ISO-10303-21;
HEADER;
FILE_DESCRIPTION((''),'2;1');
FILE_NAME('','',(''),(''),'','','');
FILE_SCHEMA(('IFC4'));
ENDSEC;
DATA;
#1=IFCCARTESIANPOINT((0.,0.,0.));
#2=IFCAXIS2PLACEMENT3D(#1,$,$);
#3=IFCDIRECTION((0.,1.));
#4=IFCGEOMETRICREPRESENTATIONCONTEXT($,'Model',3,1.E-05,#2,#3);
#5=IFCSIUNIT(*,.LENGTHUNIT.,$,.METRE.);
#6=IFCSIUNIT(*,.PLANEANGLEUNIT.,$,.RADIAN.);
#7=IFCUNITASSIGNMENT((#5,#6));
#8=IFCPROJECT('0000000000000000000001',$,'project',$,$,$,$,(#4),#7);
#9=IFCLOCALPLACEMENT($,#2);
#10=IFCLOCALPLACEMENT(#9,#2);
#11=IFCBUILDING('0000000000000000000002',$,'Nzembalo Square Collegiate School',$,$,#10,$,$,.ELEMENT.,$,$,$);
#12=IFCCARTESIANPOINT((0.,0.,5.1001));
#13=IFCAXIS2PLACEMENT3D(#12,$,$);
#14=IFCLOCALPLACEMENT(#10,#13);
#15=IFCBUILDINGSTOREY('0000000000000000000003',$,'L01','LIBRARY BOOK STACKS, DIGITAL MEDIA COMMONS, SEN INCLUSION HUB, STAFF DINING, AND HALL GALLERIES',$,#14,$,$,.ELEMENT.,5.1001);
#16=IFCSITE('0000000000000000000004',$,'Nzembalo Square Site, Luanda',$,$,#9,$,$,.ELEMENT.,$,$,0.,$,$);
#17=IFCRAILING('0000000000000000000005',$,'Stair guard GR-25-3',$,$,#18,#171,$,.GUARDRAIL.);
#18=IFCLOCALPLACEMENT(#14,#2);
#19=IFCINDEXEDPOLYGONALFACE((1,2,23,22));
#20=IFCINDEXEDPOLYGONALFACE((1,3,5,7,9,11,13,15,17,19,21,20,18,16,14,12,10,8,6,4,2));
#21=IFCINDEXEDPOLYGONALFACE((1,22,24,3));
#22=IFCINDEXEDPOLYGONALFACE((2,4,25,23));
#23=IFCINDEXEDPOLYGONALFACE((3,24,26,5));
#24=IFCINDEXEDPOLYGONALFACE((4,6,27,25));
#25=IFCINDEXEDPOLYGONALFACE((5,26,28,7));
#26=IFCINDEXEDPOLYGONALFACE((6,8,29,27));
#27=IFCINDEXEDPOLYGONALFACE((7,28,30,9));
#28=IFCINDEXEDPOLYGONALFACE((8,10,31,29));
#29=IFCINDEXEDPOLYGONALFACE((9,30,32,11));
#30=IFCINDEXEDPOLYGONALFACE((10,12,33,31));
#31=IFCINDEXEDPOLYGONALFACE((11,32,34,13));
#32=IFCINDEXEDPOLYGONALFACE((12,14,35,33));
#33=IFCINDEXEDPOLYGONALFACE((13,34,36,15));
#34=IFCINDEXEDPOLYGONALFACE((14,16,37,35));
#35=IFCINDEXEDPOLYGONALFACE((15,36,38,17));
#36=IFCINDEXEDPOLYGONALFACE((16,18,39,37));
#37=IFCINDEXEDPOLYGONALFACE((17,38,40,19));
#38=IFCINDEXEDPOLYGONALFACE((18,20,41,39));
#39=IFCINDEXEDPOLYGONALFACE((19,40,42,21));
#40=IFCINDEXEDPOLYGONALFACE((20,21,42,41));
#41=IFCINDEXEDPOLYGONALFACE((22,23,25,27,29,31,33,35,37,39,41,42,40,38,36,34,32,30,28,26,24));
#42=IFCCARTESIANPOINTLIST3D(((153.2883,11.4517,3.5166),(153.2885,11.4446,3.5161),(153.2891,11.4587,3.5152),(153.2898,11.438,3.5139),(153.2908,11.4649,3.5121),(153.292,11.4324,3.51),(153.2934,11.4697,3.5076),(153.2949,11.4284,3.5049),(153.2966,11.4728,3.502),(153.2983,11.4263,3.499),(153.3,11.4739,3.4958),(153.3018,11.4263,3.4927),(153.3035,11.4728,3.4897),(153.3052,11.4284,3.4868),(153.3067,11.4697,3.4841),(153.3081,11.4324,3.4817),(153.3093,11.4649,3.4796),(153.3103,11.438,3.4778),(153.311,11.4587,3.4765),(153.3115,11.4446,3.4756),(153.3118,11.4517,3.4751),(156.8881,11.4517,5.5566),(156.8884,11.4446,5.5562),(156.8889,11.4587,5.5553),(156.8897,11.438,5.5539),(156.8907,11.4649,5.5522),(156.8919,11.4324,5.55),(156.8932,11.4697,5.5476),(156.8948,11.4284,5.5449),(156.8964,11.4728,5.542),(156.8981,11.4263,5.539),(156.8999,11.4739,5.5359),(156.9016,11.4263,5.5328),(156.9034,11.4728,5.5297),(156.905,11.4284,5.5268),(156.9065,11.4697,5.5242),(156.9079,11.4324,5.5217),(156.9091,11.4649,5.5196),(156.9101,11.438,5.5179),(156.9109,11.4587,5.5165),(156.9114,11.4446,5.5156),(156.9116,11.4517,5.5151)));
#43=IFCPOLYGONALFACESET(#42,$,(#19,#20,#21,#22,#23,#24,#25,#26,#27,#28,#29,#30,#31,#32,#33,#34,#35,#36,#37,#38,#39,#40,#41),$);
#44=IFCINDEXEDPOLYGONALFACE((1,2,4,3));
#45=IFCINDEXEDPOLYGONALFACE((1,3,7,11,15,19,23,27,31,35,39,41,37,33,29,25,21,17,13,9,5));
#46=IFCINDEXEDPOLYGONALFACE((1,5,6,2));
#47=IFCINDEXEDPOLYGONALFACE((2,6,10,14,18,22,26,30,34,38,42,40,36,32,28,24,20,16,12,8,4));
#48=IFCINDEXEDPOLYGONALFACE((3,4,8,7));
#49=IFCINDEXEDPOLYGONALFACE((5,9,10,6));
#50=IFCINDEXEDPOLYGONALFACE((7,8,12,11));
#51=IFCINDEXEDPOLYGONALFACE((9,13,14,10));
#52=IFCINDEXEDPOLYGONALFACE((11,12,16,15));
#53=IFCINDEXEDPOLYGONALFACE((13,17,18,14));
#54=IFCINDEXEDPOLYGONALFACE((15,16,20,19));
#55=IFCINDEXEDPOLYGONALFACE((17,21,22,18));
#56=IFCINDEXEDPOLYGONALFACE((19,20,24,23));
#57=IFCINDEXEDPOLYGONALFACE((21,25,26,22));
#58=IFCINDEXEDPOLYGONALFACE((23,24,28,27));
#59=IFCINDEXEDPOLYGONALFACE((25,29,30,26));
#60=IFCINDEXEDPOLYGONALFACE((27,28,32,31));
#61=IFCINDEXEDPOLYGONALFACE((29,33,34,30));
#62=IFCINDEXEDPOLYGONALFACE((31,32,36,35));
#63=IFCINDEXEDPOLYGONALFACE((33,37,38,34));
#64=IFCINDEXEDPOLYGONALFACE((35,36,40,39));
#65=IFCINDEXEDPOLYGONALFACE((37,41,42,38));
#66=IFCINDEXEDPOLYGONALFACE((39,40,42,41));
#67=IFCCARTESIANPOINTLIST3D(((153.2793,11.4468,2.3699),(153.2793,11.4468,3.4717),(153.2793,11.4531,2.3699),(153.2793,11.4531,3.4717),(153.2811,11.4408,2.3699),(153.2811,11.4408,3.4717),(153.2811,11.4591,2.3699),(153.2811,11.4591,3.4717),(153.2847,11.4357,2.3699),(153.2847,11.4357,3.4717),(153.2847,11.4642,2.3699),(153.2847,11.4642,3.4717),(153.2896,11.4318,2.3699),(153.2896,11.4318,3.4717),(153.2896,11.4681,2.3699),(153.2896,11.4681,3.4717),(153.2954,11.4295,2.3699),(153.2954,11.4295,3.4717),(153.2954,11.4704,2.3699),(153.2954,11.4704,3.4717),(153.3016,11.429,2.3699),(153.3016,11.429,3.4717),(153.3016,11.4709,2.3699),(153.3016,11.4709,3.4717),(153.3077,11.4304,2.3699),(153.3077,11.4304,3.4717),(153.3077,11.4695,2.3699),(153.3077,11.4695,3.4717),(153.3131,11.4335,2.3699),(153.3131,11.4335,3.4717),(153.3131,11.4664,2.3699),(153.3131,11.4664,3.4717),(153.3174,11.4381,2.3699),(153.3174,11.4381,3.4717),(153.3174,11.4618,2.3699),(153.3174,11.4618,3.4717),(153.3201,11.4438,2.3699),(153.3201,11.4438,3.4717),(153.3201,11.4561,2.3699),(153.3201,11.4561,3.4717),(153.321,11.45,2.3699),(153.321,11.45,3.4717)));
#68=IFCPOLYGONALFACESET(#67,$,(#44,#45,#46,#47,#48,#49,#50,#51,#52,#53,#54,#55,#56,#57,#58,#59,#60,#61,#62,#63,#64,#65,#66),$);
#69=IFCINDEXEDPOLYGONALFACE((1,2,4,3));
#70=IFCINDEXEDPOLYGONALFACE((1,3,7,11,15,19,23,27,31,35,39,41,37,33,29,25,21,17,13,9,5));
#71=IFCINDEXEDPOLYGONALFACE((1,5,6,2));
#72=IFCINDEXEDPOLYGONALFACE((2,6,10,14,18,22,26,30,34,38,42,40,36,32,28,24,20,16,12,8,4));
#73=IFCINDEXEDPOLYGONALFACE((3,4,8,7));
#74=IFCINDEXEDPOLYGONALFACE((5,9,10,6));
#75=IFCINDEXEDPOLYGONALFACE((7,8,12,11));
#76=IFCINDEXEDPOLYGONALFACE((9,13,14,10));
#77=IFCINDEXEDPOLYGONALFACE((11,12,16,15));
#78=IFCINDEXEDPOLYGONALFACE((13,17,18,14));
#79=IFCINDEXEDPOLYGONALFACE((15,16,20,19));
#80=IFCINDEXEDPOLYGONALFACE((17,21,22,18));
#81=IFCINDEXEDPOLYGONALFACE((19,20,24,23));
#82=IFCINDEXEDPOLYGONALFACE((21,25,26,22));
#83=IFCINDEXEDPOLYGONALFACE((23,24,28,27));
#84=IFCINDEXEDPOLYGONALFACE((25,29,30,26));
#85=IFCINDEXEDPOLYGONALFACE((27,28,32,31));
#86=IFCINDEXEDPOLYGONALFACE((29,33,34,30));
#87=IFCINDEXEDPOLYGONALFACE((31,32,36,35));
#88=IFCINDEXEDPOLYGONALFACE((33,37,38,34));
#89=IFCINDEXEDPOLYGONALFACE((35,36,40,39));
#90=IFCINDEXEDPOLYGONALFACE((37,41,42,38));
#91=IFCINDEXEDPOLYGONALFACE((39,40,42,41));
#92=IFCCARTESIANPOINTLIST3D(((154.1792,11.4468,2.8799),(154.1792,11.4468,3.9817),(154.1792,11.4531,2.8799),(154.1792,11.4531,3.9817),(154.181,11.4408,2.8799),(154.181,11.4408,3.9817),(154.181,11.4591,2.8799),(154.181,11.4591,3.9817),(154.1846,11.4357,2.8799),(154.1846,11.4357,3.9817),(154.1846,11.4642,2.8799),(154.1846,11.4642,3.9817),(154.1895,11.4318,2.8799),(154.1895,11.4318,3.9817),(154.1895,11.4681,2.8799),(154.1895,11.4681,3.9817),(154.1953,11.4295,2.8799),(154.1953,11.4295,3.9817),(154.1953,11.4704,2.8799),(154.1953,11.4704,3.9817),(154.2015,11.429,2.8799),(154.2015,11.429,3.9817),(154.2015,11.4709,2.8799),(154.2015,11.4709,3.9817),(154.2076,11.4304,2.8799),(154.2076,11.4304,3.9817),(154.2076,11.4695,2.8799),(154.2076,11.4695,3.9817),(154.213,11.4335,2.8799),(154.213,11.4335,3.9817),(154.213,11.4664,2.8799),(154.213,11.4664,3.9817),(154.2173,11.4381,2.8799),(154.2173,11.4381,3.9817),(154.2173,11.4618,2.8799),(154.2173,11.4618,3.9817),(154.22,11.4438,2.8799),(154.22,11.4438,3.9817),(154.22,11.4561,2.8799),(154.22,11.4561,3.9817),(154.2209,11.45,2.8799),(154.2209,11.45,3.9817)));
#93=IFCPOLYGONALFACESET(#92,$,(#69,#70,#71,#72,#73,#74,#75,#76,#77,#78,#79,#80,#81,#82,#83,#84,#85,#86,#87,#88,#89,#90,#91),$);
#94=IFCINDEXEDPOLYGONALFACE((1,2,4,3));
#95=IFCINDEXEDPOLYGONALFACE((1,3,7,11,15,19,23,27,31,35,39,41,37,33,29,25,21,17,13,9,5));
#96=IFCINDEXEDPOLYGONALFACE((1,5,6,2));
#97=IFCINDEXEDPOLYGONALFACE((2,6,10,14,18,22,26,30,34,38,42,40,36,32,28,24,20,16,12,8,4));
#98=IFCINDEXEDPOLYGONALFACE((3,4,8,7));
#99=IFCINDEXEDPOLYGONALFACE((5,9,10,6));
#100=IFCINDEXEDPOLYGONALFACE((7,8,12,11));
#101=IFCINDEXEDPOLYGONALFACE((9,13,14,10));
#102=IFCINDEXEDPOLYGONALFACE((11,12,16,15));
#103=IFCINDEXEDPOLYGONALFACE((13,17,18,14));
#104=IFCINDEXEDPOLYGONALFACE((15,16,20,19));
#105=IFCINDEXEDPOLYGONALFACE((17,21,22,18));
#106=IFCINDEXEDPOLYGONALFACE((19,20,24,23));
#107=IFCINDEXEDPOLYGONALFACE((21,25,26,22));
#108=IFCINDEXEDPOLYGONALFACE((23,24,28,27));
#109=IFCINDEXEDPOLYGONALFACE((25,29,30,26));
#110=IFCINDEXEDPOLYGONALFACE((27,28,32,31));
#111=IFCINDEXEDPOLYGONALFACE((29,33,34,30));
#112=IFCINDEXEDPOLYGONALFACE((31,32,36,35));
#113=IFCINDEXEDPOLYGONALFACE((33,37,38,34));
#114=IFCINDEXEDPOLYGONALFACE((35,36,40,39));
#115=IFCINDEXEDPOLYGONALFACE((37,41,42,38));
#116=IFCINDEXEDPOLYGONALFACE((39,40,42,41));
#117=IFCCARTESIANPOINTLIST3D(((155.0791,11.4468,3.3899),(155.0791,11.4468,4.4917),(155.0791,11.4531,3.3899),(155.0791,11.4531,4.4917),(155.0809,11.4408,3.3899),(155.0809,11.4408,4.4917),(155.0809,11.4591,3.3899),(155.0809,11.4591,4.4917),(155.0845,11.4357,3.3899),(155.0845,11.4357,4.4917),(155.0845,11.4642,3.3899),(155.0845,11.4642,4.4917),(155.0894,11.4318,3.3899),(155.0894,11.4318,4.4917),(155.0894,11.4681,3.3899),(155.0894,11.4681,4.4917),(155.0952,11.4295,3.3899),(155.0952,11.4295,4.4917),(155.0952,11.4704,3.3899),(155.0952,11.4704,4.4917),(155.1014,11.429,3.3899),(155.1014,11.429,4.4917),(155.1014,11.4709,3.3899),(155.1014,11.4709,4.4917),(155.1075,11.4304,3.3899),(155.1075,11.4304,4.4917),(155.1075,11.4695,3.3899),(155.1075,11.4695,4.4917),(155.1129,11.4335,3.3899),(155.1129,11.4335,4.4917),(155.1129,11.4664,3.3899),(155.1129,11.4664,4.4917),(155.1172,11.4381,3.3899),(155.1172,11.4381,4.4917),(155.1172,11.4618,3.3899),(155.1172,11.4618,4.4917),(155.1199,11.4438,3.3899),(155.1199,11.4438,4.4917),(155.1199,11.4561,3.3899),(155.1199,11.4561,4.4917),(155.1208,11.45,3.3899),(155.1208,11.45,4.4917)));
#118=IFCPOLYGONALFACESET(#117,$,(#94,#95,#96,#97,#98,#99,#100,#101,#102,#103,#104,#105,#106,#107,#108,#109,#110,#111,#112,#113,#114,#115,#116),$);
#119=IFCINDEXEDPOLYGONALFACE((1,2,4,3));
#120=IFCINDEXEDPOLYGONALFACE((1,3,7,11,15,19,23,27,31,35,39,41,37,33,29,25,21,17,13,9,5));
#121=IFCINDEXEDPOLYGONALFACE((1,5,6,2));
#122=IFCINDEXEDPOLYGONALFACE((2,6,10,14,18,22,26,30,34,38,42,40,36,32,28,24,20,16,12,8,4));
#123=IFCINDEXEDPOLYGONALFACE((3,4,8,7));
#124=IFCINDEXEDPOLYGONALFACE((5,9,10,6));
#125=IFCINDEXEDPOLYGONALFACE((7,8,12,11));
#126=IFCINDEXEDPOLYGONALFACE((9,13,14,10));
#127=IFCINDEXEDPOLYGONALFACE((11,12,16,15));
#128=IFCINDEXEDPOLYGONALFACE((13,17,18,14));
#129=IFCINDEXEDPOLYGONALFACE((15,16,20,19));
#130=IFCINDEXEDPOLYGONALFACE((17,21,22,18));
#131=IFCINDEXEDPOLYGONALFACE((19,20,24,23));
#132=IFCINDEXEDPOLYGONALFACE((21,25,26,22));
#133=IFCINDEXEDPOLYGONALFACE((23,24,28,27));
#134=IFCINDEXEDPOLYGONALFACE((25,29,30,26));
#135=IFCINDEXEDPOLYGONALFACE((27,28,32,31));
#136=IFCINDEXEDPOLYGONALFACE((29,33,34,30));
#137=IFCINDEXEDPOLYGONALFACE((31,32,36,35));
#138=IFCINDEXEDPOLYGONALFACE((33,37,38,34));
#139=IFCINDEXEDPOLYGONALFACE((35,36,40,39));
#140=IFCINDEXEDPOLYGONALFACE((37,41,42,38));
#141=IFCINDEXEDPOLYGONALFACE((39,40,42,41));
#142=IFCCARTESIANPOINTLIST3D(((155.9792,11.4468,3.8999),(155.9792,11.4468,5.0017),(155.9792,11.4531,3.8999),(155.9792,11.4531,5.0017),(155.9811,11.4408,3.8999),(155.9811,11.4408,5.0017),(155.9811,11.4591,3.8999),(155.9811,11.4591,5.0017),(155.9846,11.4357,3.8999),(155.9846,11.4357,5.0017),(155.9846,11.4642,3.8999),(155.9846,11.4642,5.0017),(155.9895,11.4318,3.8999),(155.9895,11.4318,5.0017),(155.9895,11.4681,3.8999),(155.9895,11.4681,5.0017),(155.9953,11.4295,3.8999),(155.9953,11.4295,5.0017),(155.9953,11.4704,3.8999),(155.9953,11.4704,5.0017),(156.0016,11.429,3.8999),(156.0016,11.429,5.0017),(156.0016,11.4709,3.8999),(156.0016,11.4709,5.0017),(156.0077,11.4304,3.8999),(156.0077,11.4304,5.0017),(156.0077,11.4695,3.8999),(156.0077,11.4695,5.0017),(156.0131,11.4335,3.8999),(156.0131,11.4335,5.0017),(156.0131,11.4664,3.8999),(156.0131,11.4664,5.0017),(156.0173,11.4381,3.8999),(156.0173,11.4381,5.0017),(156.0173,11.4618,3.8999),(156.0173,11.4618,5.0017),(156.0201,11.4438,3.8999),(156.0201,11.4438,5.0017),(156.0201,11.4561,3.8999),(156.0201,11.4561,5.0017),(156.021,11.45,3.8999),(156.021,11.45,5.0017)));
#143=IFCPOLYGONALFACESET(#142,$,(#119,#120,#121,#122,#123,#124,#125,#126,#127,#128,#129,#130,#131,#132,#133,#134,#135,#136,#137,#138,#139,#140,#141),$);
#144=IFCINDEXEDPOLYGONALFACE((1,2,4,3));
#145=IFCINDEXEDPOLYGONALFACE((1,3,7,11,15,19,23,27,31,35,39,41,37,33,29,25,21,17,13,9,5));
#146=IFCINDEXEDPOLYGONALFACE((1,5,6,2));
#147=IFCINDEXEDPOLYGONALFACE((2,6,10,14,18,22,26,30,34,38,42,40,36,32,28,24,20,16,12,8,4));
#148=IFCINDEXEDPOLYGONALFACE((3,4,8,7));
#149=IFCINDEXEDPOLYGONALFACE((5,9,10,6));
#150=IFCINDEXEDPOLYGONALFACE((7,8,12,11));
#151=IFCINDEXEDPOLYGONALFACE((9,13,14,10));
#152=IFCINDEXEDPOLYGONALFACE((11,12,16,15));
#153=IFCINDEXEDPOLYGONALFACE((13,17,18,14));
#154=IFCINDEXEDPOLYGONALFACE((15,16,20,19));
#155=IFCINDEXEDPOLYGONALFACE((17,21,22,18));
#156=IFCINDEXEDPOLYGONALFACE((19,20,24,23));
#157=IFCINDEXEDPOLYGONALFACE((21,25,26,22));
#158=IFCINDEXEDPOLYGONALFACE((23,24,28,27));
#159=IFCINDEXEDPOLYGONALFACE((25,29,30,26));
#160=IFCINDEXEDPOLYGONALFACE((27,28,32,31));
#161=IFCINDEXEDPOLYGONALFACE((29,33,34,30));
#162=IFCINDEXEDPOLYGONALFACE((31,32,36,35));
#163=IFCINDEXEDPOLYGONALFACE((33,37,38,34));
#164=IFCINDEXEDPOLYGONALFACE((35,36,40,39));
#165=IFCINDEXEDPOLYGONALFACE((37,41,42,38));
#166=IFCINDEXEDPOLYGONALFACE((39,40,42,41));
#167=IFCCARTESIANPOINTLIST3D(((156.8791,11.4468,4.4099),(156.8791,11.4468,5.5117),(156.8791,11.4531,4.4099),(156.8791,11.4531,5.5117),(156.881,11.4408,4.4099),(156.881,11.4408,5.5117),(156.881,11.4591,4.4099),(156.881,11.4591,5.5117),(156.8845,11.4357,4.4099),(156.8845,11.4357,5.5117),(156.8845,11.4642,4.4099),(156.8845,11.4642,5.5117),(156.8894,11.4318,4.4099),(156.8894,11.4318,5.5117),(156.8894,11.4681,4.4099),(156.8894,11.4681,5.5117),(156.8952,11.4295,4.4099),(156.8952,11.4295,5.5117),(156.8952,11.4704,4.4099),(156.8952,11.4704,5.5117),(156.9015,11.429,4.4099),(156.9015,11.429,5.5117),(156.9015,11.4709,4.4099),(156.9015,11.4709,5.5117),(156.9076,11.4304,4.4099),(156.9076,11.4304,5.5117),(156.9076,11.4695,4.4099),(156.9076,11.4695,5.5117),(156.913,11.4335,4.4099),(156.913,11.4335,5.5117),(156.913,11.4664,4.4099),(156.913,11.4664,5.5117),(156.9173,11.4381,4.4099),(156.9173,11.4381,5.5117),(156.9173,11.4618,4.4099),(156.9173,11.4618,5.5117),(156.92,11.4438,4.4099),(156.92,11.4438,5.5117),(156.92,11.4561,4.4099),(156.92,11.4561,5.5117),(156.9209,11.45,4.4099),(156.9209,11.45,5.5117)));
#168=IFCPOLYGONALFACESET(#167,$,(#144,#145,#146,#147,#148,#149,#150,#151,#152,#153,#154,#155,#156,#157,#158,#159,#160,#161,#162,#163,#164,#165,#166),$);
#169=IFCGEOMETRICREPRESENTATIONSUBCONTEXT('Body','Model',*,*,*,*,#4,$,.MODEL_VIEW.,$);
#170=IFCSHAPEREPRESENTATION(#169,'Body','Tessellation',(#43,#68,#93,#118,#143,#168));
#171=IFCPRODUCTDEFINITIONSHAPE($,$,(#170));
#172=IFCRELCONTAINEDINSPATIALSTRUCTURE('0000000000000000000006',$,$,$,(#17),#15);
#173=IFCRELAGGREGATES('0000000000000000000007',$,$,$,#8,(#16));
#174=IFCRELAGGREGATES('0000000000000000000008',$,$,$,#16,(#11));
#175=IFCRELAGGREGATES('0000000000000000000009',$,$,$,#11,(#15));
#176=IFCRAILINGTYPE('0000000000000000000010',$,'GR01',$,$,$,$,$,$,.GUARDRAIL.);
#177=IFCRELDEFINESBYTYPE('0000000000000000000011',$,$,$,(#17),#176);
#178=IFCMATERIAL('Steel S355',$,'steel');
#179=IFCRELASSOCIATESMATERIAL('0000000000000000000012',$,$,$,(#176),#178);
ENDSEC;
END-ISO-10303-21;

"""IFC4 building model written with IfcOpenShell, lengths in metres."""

from ifc_helpers import new_model, si_unit, direction, frame, origin, origin_2d, place, context, subcontext, project, spatial, circle, extrude, material, type_object, element, save


model = new_model("IFC4")

# Units and contexts
model_context = context("Model", 3, precision=1e-05, world=origin(), true_north=direction((0.0, 1.0)))
body_context = subcontext(model_context, "Body", "Model", "MODEL_VIEW")
ifc_project = project(units=[si_unit("LENGTHUNIT", "METRE"), si_unit("PLANEANGLEUNIT", "RADIAN")], contexts=[model_context])

# Site, building, storey
site_placement = place(None, origin())
site = spatial("IfcSite", under=ifc_project, at=site_placement, Name="Nzembalo Square Site, Luanda", CompositionType="ELEMENT", RefElevation=0.0)
building_placement = place(site_placement, origin())
building = spatial("IfcBuilding", under=site, at=building_placement, Name="Nzembalo Square Collegiate School", CompositionType="ELEMENT")
storey_placement = place(building_placement, frame((0.0, 0.0, 5.1001)))
storey = spatial("IfcBuildingStorey", under=building, at=storey_placement, Name="L01", Description="LIBRARY BOOK STACKS, DIGITAL MEDIA COMMONS, SEN INCLUSION HUB, STAFF DINING, AND HALL GALLERIES", CompositionType="ELEMENT", Elevation=5.1001)

# Railing
ifc_material_1 = material(Name="Steel S355", Category="steel")
railing_type_1 = type_object("IfcRailingType", Name="GR01", PredefinedType="GUARDRAIL", material=ifc_material_1)
railing_1_placement = place(storey_placement, frame((153.3, 11.45, 2.3699)))
element("IfcRailing", 1, at=railing_1_placement, inside=storey, type_object=railing_type_1, Name="Stair guard GR-25-3", PredefinedType="GUARDRAIL", context=body_context, shape_type="SweptSolid", body=[
    extrude(circle(Radius=0.0239, at=origin_2d()), frame((0.0, 0.0, 1.126), z_axis=(0.87001, 0.0, 0.493035), x_axis=(0.0, 1.0, 0.0)), (0.0, 0.0, 1.0), 4.1377),
    extrude(circle(Radius=0.021, at=origin_2d()), origin(), (0.0, 0.0, 1.0), 1.1018),
    extrude(circle(Radius=0.021, at=origin_2d()), frame((0.8999, 0.0, 0.51)), (0.0, 0.0, 1.0), 1.1018),
    extrude(circle(Radius=0.021, at=origin_2d()), frame((1.7998, 0.0, 1.02)), (0.0, 0.0, 1.0), 1.1018),
    extrude(circle(Radius=0.021, at=origin_2d()), frame((2.7, 0.0, 1.53)), (0.0, 0.0, 1.0), 1.1018),
    extrude(circle(Radius=0.021, at=origin_2d()), frame((3.5999, 0.0, 2.04)), (0.0, 0.0, 1.0), 1.1018),
])

save(model, "model.ifc")
